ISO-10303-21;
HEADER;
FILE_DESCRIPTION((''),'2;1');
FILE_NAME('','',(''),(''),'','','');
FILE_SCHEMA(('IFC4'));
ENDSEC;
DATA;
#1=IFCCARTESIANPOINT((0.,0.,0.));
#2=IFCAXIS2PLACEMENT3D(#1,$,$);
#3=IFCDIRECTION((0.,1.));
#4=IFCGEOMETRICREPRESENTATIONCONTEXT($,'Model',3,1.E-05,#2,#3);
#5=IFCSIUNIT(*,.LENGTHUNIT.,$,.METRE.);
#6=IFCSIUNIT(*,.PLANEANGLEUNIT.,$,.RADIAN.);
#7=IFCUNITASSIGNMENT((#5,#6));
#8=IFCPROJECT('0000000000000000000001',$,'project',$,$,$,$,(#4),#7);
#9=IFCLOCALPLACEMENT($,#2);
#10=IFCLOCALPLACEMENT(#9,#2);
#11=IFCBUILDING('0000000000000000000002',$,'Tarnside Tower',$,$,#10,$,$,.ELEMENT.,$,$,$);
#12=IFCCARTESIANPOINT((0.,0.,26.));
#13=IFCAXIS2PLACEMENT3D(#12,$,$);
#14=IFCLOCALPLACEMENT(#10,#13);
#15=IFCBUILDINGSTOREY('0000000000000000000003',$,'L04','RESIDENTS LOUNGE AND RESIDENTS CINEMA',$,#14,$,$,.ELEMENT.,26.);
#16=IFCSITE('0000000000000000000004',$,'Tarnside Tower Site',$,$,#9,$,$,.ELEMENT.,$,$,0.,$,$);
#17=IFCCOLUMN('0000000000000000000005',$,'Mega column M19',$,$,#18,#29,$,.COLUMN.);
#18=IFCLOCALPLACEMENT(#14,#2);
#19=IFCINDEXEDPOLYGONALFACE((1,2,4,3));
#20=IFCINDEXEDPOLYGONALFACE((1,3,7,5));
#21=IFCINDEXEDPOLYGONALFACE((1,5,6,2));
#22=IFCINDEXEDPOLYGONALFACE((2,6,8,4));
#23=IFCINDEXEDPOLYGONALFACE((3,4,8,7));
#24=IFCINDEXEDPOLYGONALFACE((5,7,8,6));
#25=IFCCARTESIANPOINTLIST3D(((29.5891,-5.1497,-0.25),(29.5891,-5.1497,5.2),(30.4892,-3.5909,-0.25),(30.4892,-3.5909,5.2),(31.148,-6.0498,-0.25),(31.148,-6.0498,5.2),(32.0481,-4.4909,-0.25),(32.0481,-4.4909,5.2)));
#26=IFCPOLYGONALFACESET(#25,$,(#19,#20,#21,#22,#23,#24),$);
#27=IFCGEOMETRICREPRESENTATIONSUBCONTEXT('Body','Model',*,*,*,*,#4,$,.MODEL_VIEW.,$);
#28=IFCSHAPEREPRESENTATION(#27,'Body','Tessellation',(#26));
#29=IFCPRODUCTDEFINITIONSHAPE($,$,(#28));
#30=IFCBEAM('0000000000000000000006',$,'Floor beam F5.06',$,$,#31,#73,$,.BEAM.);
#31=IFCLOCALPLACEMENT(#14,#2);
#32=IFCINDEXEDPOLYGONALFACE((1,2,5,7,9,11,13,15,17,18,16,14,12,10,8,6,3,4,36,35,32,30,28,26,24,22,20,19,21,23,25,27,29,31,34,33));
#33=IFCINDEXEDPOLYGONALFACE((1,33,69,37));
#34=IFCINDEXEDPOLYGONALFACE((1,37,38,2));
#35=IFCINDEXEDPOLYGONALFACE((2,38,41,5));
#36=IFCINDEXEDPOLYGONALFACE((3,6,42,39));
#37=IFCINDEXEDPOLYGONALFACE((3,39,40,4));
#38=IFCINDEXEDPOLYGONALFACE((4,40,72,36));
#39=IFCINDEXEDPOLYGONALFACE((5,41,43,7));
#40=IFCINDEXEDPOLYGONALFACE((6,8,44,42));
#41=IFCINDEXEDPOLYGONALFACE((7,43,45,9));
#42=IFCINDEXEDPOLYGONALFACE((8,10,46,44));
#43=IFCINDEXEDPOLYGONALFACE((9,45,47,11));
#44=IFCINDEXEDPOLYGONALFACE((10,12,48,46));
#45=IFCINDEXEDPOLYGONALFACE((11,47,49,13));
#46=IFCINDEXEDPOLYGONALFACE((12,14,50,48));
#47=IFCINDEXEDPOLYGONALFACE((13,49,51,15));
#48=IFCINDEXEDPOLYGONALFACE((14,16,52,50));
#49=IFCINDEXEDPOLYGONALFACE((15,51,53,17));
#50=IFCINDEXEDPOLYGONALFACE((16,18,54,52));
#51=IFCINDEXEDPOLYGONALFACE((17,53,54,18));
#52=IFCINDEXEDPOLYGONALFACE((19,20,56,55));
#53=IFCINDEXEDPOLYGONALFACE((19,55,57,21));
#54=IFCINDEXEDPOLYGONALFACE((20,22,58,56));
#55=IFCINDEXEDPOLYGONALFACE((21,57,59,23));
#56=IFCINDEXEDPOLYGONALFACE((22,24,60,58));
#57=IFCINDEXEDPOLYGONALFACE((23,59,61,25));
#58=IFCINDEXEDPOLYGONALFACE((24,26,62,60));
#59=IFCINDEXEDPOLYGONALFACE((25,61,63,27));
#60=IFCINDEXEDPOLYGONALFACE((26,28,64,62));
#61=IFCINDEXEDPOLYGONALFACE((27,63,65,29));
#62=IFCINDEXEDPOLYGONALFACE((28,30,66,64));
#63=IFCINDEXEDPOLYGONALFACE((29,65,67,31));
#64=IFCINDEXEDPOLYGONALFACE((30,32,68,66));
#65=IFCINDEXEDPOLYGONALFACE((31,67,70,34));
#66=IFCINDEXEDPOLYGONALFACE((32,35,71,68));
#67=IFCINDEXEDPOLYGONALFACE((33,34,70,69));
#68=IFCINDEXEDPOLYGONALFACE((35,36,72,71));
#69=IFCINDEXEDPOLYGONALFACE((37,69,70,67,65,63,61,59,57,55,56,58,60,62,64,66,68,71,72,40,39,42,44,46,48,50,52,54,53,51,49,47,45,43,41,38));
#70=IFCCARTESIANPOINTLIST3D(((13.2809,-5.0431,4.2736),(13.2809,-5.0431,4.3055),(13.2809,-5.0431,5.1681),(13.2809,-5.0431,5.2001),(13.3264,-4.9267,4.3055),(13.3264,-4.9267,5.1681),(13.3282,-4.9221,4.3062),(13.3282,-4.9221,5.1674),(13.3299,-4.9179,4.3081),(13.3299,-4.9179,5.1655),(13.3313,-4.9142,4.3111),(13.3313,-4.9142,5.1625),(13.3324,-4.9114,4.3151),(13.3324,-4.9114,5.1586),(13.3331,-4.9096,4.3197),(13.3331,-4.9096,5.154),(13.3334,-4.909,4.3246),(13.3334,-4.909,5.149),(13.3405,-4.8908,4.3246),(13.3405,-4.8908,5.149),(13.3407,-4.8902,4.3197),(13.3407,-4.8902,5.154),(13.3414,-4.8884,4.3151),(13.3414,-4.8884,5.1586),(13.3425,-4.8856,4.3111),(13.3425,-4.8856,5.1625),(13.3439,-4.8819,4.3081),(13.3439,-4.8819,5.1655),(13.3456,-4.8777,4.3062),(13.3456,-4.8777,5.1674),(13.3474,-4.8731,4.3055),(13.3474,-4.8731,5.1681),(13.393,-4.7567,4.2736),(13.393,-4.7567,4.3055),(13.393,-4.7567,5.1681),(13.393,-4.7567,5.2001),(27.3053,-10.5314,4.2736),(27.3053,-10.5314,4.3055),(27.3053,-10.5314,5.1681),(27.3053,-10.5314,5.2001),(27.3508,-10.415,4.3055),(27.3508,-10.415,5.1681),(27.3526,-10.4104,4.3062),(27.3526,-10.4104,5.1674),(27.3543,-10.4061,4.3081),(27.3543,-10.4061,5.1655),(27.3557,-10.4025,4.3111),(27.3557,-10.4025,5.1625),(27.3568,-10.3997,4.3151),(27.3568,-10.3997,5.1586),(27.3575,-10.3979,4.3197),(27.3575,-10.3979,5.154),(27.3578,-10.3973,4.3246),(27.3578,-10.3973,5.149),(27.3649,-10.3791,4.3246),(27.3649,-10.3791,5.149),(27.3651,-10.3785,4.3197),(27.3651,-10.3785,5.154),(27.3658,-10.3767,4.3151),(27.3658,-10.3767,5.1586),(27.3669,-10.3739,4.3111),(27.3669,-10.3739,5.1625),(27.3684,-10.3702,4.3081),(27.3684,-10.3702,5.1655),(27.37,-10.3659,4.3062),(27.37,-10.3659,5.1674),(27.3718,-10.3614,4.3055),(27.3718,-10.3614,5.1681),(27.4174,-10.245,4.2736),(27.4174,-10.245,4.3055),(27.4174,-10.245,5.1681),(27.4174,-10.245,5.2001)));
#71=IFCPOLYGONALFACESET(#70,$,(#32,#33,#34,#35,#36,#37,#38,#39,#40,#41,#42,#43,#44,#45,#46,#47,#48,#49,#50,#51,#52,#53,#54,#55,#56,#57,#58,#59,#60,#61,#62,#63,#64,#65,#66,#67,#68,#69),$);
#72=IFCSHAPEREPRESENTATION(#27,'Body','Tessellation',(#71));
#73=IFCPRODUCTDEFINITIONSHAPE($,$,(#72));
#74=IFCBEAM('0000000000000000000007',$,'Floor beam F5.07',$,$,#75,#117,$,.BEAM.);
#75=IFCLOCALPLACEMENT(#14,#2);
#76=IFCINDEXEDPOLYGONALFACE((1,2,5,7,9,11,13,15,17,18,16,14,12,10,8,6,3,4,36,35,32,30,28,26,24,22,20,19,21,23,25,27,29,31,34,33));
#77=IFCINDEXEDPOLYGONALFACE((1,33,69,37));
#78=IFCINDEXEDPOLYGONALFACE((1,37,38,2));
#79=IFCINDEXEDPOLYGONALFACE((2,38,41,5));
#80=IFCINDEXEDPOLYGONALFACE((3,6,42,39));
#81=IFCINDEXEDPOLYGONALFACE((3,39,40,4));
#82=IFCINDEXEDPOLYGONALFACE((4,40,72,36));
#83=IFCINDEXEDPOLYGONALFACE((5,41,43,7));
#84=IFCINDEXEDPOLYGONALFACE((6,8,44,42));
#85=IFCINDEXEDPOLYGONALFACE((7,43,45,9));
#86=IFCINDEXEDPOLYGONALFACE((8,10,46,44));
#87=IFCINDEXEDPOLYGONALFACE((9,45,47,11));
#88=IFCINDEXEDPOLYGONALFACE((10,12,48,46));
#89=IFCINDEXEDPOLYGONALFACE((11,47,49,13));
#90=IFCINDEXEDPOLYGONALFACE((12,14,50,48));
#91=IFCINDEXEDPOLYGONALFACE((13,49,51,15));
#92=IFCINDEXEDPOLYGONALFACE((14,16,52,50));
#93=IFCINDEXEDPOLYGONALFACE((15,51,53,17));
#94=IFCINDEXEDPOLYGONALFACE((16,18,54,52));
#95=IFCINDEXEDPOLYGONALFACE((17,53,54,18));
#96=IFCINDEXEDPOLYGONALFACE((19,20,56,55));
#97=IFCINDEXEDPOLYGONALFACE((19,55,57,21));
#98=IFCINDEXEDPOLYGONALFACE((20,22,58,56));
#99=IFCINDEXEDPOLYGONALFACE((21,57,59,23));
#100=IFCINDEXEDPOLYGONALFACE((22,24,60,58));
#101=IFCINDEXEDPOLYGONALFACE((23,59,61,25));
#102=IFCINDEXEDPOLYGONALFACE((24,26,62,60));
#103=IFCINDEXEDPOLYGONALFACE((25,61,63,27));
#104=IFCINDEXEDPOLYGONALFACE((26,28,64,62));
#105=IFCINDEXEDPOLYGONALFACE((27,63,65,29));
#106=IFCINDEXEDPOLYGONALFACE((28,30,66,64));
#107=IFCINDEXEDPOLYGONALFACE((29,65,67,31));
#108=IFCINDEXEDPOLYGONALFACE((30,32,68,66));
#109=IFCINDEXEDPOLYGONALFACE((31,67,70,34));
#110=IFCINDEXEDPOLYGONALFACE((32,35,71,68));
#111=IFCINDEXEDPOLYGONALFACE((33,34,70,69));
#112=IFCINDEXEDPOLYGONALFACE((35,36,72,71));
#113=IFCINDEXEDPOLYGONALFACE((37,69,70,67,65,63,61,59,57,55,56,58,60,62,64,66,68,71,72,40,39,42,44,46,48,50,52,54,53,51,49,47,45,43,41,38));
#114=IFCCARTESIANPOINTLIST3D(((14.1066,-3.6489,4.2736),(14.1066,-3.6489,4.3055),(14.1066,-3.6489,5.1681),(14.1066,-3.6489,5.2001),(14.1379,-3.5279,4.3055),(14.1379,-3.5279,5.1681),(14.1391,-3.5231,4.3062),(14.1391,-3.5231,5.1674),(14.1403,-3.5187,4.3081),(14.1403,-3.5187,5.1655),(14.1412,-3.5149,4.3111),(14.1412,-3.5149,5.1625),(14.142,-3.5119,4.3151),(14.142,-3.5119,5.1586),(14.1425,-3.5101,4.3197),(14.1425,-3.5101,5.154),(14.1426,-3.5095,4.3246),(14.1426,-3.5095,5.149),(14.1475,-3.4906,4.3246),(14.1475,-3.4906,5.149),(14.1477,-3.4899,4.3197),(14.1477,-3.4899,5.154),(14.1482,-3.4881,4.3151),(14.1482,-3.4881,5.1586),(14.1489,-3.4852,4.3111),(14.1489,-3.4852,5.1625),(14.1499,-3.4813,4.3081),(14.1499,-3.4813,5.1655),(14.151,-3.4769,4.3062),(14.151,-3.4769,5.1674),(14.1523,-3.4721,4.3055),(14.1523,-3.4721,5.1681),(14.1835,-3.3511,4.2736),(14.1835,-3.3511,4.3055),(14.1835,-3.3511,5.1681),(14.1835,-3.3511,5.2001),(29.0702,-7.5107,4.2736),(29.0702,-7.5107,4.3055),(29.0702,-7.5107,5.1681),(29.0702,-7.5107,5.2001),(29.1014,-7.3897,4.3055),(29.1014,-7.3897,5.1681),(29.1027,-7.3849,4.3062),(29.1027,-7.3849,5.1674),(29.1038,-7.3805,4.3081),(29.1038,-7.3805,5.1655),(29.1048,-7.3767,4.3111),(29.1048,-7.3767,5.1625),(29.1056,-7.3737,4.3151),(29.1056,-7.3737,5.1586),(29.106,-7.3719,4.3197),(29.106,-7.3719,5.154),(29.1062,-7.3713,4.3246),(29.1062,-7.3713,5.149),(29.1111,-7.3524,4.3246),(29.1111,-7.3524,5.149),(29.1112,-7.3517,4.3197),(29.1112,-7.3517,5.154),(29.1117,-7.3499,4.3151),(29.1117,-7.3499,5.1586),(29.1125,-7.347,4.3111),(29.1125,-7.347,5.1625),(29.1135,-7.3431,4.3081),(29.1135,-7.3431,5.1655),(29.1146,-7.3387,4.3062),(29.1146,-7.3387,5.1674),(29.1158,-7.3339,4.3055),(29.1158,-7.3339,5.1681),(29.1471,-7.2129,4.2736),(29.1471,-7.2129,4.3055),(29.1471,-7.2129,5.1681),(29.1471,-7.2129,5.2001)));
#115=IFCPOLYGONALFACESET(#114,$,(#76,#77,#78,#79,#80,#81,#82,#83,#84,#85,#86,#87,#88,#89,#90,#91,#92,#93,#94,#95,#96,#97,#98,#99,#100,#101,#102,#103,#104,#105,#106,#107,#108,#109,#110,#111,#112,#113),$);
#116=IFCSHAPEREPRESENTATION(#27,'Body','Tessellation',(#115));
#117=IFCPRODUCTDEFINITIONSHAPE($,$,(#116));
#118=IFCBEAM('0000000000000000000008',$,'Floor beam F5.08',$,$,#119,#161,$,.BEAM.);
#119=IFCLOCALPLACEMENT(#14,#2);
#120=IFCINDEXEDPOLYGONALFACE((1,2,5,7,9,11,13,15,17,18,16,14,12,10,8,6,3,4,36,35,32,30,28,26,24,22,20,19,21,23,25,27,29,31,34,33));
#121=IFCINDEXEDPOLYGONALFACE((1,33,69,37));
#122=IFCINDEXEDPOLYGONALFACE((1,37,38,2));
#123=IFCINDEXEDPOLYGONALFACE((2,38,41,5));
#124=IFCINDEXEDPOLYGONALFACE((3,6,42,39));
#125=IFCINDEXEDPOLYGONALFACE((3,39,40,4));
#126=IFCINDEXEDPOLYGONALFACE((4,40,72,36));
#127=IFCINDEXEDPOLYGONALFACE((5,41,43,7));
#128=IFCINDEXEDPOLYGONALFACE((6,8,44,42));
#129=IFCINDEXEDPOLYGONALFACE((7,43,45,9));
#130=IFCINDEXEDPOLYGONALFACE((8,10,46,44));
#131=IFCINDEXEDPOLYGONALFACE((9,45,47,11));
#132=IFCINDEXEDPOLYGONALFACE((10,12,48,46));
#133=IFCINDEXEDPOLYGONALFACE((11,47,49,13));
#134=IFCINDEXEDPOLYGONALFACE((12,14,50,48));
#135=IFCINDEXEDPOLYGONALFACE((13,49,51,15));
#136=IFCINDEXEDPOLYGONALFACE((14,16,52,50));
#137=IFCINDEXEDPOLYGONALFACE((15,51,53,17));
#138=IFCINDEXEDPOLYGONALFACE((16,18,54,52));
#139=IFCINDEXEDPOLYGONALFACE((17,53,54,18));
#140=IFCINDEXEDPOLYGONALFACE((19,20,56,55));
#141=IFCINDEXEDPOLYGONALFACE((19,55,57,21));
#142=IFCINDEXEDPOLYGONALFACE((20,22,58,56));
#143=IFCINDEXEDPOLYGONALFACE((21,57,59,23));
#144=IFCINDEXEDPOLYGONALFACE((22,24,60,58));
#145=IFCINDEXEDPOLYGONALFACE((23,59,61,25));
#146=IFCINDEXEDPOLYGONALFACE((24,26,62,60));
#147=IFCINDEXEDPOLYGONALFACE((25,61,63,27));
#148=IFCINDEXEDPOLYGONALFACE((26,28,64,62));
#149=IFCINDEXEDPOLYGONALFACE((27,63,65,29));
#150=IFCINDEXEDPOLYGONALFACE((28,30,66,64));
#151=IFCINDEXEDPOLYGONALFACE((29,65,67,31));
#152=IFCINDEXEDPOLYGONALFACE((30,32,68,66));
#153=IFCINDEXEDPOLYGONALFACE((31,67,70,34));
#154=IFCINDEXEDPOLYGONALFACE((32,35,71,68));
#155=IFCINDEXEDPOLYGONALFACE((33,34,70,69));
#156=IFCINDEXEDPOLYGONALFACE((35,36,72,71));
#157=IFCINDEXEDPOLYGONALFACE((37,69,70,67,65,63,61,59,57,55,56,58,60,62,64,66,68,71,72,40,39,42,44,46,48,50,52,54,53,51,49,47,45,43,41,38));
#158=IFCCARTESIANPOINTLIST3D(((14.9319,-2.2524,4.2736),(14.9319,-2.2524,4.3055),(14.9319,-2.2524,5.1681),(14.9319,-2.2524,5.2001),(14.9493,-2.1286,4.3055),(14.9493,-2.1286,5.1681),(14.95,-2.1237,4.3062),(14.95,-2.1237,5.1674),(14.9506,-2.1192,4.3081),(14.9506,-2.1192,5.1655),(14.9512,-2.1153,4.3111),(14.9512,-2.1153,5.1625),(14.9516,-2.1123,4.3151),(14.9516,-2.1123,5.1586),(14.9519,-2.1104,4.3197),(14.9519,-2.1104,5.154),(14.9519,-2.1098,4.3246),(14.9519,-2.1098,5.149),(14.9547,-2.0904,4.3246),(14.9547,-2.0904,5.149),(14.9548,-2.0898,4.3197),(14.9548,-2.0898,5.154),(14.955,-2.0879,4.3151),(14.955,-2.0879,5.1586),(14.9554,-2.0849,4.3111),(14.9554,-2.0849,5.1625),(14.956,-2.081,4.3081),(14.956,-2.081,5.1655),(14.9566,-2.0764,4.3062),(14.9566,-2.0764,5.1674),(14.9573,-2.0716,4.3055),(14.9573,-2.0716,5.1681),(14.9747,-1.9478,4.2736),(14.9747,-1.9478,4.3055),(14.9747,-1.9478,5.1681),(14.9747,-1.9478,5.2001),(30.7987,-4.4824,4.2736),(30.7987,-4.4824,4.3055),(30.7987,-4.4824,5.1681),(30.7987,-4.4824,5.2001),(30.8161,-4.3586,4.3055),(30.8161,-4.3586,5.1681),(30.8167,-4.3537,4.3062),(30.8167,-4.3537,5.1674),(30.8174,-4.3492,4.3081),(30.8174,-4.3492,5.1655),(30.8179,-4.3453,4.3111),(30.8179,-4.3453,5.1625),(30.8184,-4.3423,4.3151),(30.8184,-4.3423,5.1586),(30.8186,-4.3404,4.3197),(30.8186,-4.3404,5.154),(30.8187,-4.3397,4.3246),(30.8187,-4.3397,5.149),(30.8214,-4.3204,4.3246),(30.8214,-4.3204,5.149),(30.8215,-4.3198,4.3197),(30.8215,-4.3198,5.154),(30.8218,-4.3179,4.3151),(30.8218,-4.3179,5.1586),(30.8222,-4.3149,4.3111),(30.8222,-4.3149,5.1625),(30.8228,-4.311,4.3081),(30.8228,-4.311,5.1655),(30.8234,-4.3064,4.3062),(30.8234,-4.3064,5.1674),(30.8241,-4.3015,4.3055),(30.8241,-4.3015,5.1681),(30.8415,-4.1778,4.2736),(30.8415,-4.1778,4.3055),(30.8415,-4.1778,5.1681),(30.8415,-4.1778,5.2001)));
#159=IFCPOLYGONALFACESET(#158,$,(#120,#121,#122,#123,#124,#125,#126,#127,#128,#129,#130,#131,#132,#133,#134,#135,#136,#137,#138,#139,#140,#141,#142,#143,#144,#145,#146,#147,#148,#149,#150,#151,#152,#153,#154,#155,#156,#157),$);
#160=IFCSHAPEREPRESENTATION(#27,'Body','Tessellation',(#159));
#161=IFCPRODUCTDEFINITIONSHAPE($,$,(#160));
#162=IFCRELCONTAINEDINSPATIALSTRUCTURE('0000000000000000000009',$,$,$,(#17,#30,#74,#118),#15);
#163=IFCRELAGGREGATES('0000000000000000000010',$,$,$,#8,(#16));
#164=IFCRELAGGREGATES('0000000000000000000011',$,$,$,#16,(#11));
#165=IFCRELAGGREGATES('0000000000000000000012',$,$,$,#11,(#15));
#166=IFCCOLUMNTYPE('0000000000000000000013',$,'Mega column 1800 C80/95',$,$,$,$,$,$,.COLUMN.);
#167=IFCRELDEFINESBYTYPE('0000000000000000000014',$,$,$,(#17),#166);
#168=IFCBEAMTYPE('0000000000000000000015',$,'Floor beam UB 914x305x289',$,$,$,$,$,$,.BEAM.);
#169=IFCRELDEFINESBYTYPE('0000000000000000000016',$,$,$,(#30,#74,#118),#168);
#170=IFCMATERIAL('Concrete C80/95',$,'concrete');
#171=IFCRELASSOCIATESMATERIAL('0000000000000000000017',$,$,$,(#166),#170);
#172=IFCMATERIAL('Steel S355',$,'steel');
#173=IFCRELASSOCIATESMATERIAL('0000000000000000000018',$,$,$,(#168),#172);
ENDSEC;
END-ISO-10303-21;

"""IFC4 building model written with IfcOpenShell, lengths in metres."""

from ifc_helpers import new_model, si_unit, direction, frame, origin, origin_2d, place, context, subcontext, project, spatial, rectangle, i_section, extrude, material, material_profile, profile_set, type_object, element, save


model = new_model("IFC4")

# Units and contexts
model_context = context("Model", 3, precision=1e-05, world=origin(), true_north=direction((0.0, 1.0)))
body_context = subcontext(model_context, "Body", "Model", "MODEL_VIEW")
ifc_project = project(units=[si_unit("LENGTHUNIT", "METRE"), si_unit("PLANEANGLEUNIT", "RADIAN")], contexts=[model_context])

# Site, building, storey
site_placement = place(None, origin())
site = spatial("IfcSite", under=ifc_project, at=site_placement, Name="Tarnside Tower Site", CompositionType="ELEMENT", RefElevation=0.0)
building_placement = place(site_placement, origin())
building = spatial("IfcBuilding", under=site, at=building_placement, Name="Tarnside Tower", CompositionType="ELEMENT")
storey_placement = place(building_placement, frame((0.0, 0.0, 26.0)))
storey = spatial("IfcBuildingStorey", under=building, at=storey_placement, Name="L04", Description="RESIDENTS LOUNGE AND RESIDENTS CINEMA", CompositionType="ELEMENT", Elevation=26.0)

# Column
ifc_material_1 = material(Name="Concrete C80/95", Category="concrete")
ifc_material_profile_1 = material_profile(ifc_material_1, rectangle(XDim=1.8, YDim=1.8, at=origin_2d()), Name="Mega column 1800x1800")
ifc_profile_set_1 = profile_set([ifc_material_profile_1], Name="Concrete C80/95")
column_type = type_object("IfcColumnType", Name="Mega column 1800 C80/95", PredefinedType="COLUMN", material=ifc_profile_set_1)
column_placement = place(storey_placement, frame((30.8186, -4.8203, -0.25), z_axis=(0.0, 0.0, 1.0), x_axis=(-0.5, -0.866025, 0.0)))
element("IfcColumn", 1, at=column_placement, inside=storey, type_object=column_type, Name="Mega column M19", PredefinedType="COLUMN", context=body_context, shape_type="SweptSolid", body=[
    extrude(rectangle(XDim=1.8, YDim=1.8, at=origin_2d()), origin(), (0.0, 0.0, 1.0), 5.45),
])

# Beams
ifc_material_2 = material(Name="Steel S355", Category="steel")
ifc_material_profile_2 = material_profile(ifc_material_2, i_section(OverallWidth=0.3076, OverallDepth=0.9265, WebThickness=0.0195, FlangeThickness=0.032, FilletRadius=0.019, at=origin_2d()), Name="UB 914x305x289")
ifc_profile_set_2 = profile_set([ifc_material_profile_2], Name="Steel S355")
beam_type_1 = type_object("IfcBeamType", Name="Floor beam UB 914x305x289", PredefinedType="BEAM", material=ifc_profile_set_2)
beam_1_placement = place(storey_placement, frame((27.3613, -10.3882, 4.7368), z_axis=(-0.931232, 0.364426, 0.0), x_axis=(-0.364426, -0.931232, 0.0)))
element("IfcBeam", 2, at=beam_1_placement, inside=storey, type_object=beam_type_1, Name="Floor beam F5.06", PredefinedType="BEAM", context=body_context, shape_type="SweptSolid", body=[
    extrude(i_section(OverallWidth=0.3076, OverallDepth=0.9265, WebThickness=0.0195, FlangeThickness=0.032, FilletRadius=0.019, at=origin_2d()), origin(), (0.0, 0.0, 1.0), 15.0601),
])
beam_2_placement = place(storey_placement, frame((29.1086, -7.3618, 4.7368), z_axis=(-0.968274, 0.249892, 0.0), x_axis=(-0.249892, -0.968274, 0.0)))
element("IfcBeam", 3, at=beam_2_placement, inside=storey, type_object=beam_type_1, Name="Floor beam F5.07", PredefinedType="BEAM", context=body_context, shape_type="SweptSolid", body=[
    extrude(i_section(OverallWidth=0.3076, OverallDepth=0.9265, WebThickness=0.0195, FlangeThickness=0.032, FilletRadius=0.019, at=origin_2d()), origin(), (0.0, 0.0, 1.0), 15.4539),
])
beam_3_placement = place(storey_placement, frame((30.8201, -4.3301, 4.7368), z_axis=(-0.990268, 0.139177, 0.0), x_axis=(-0.139177, -0.990268, 0.0)))
element("IfcBeam", 4, at=beam_3_placement, inside=storey, type_object=beam_type_1, Name="Floor beam F5.08", PredefinedType="BEAM", context=body_context, shape_type="SweptSolid", body=[
    extrude(i_section(OverallWidth=0.3076, OverallDepth=0.9265, WebThickness=0.0195, FlangeThickness=0.032, FilletRadius=0.019, at=origin_2d()), origin(), (0.0, 0.0, 1.0), 16.0227),
])

save(model, "model.ifc")
